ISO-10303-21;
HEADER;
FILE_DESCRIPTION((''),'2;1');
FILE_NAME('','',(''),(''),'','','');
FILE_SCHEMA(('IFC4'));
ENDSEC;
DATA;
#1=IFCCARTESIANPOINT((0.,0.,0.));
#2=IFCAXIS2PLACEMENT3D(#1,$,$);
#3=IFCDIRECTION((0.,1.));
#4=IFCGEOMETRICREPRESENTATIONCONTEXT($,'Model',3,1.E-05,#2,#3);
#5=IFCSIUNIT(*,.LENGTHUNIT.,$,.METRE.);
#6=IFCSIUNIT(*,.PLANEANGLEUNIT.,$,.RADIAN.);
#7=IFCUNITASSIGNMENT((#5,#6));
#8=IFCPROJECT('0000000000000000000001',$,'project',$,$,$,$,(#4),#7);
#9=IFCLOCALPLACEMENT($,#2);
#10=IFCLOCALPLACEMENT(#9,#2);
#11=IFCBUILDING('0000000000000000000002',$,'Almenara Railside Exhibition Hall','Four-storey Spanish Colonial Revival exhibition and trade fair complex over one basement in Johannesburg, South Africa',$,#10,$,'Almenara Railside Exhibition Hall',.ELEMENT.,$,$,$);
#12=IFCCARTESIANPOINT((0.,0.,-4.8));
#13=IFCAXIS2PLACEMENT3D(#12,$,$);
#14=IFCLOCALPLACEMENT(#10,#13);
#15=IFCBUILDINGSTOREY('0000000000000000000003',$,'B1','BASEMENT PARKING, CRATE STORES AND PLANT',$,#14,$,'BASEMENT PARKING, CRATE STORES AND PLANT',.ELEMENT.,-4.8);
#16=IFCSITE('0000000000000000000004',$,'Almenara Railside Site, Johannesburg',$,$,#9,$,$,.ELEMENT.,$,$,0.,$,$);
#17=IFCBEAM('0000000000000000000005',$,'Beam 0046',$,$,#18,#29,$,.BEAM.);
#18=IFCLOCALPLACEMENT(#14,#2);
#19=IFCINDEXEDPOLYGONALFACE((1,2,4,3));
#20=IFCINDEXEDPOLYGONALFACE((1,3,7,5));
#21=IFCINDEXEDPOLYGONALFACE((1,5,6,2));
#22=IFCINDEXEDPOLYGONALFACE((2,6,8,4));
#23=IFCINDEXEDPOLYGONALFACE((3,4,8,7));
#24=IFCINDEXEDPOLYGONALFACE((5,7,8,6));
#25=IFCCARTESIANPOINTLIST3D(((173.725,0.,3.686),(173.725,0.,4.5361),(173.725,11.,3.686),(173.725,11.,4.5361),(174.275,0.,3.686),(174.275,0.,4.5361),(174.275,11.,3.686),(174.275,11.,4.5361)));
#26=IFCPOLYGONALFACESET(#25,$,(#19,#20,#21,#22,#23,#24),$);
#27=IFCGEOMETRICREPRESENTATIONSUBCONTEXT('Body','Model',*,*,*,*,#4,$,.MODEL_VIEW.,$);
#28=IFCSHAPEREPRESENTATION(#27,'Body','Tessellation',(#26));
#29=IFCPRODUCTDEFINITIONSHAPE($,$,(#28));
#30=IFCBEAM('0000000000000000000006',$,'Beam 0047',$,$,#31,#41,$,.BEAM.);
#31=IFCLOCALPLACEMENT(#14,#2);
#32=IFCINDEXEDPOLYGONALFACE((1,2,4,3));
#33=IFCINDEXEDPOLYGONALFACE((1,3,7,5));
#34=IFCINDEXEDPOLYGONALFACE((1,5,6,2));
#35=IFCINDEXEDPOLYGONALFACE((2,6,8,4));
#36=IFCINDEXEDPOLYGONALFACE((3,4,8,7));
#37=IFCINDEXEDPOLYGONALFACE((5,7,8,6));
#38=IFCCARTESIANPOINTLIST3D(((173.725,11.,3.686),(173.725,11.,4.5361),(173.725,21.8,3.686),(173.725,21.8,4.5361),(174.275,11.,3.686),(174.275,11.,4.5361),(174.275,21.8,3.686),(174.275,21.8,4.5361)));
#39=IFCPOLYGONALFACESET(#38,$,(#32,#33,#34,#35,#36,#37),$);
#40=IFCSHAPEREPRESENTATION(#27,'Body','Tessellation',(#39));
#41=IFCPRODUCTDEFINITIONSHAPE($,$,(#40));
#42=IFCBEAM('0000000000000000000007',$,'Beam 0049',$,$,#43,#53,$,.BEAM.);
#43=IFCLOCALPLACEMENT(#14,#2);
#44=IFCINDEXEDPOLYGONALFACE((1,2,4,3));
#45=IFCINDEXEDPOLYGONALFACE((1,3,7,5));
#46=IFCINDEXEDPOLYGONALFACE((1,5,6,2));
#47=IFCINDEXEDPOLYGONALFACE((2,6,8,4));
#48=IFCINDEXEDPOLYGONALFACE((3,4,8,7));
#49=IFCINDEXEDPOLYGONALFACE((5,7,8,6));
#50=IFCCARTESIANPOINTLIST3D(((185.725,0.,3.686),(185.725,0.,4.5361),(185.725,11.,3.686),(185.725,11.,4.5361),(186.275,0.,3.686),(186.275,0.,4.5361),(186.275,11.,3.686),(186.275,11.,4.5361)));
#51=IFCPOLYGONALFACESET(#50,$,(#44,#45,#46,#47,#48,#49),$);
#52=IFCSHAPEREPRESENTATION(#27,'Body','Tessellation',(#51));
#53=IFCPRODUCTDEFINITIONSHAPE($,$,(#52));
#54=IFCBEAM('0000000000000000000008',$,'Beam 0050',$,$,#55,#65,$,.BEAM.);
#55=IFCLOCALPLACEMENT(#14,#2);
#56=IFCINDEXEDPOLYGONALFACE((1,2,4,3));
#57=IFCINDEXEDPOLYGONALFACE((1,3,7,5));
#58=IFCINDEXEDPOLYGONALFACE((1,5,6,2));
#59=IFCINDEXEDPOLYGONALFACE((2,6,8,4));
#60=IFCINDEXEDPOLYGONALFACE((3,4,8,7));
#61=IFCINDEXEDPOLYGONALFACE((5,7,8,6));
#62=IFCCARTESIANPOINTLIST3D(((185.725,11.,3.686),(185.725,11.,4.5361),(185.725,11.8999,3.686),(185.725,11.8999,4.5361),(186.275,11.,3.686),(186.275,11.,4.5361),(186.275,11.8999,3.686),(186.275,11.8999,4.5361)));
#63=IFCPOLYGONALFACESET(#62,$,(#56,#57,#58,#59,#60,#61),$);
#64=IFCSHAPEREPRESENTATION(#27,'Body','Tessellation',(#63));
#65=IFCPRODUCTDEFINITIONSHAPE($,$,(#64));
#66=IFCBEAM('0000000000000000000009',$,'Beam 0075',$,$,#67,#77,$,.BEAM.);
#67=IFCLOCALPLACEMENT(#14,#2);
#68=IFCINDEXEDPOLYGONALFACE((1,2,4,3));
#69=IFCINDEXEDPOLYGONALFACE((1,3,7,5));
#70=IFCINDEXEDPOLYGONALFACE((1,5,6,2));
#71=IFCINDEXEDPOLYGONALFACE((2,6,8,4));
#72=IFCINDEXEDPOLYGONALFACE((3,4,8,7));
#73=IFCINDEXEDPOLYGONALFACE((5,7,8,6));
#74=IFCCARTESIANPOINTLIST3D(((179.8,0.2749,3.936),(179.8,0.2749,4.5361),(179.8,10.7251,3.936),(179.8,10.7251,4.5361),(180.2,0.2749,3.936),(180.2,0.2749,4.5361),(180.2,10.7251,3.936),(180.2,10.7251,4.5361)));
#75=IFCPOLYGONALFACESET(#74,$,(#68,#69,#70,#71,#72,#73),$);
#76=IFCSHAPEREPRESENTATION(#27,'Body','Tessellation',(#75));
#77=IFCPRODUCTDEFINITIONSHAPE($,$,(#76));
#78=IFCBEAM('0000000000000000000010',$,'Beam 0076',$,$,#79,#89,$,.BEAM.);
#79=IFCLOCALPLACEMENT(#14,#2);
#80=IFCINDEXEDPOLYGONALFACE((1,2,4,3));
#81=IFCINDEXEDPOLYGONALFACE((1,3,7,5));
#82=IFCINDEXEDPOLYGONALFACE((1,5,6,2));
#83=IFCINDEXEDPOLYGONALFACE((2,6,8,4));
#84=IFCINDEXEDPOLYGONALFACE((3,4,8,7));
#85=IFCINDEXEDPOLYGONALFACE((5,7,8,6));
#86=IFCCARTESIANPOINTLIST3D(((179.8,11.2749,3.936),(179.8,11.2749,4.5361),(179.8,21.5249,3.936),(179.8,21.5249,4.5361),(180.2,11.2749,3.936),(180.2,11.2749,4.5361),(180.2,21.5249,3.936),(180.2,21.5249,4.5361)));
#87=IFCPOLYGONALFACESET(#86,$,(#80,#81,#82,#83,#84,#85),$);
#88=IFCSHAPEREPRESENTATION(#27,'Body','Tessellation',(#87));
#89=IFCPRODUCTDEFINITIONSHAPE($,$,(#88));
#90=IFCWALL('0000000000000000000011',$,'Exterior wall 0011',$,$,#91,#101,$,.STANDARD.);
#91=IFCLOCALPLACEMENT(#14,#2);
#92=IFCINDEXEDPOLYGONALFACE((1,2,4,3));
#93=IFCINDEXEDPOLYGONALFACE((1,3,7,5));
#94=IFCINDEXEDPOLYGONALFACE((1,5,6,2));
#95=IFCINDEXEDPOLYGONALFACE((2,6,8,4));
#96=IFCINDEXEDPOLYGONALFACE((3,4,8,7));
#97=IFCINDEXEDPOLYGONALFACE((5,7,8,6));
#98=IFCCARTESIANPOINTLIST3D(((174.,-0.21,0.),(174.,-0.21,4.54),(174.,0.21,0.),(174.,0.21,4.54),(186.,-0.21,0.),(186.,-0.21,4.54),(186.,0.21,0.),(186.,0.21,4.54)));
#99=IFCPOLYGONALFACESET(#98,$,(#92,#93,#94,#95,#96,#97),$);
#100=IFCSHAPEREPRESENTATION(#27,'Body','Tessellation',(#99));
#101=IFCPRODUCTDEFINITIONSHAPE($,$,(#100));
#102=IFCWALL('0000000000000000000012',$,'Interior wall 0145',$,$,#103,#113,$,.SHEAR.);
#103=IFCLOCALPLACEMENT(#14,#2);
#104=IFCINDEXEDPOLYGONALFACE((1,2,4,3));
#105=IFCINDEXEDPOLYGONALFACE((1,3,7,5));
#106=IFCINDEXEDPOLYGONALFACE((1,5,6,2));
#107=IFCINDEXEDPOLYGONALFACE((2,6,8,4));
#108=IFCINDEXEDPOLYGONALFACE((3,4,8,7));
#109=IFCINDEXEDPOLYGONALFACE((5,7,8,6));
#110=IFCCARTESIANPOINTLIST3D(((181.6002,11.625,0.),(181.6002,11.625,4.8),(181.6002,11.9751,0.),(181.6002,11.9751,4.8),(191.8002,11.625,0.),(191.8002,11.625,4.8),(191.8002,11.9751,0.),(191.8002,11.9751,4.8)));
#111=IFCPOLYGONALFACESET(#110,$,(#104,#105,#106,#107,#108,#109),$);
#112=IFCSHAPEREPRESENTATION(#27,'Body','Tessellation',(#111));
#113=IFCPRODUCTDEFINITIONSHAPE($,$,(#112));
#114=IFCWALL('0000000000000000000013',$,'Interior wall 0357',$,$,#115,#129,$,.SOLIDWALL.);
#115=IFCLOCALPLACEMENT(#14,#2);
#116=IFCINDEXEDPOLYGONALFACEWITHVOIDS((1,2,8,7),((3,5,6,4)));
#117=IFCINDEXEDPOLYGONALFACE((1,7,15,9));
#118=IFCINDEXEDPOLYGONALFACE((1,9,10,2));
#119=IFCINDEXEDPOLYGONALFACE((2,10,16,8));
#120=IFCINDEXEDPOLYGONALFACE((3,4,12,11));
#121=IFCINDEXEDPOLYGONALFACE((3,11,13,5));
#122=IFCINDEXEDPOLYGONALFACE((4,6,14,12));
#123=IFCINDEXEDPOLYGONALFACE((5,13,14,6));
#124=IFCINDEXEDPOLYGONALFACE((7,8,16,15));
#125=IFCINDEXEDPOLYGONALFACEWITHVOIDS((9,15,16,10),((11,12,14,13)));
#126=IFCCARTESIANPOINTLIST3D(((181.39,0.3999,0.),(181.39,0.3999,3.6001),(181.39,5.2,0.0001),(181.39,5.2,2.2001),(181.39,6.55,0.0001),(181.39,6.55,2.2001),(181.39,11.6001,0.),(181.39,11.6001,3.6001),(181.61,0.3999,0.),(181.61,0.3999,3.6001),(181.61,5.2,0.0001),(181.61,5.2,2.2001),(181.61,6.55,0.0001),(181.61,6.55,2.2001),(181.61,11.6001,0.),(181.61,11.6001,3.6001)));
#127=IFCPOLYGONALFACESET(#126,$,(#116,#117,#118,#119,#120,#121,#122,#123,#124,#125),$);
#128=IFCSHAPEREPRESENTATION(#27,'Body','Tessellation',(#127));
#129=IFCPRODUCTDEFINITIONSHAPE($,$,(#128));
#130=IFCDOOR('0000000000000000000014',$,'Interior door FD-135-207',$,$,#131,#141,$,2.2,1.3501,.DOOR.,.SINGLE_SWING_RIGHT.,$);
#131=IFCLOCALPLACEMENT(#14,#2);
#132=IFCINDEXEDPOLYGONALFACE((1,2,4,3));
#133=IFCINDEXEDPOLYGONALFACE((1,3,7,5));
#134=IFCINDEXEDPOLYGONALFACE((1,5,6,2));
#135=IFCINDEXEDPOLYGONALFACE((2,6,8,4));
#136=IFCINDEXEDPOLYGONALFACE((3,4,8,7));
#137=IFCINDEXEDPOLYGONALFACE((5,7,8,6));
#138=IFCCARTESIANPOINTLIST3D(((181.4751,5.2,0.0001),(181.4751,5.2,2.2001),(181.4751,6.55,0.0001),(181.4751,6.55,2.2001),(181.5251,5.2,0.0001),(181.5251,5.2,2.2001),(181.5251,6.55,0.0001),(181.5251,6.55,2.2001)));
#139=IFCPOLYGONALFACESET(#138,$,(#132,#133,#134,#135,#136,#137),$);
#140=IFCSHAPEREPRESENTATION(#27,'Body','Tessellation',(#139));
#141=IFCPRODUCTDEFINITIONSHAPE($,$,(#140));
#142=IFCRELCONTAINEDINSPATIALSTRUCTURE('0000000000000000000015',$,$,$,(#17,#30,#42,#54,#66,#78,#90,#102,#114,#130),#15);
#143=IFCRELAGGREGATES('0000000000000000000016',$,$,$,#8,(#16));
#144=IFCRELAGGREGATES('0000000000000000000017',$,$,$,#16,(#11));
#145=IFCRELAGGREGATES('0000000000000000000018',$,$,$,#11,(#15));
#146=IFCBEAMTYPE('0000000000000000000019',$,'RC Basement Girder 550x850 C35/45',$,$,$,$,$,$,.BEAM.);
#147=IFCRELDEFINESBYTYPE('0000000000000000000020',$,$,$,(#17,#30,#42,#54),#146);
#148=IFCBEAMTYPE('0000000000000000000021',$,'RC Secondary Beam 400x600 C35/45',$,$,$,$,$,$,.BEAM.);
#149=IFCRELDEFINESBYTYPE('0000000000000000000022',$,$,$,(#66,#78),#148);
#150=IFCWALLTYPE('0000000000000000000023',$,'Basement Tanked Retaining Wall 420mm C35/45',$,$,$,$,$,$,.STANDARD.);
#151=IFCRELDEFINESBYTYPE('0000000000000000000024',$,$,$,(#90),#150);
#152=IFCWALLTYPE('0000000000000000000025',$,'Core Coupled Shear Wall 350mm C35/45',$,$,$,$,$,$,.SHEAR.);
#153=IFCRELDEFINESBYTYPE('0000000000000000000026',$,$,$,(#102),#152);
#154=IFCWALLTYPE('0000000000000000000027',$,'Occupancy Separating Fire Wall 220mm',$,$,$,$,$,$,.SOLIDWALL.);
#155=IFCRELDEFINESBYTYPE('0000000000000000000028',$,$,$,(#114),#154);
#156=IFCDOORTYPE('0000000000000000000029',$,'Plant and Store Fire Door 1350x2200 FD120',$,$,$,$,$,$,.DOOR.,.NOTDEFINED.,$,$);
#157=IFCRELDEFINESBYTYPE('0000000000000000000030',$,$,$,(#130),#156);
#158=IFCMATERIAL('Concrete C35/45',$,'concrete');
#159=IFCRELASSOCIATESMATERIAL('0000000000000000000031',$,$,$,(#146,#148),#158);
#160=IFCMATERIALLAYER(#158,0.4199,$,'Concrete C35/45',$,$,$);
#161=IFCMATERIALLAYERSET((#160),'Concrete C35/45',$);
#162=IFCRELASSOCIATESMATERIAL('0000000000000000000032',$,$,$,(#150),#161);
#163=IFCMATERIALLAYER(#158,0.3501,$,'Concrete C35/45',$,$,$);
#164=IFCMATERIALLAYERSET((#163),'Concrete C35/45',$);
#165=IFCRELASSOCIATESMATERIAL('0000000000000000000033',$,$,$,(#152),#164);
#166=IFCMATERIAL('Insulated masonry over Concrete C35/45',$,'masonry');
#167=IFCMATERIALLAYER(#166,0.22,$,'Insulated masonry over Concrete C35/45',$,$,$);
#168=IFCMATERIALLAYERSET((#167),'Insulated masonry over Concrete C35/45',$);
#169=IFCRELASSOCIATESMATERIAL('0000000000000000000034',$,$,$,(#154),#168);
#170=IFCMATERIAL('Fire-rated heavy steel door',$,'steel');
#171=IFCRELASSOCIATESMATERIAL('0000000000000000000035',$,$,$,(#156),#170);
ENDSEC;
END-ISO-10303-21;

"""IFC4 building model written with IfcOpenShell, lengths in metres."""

from ifc_helpers import new_model, si_unit, direction, frame, frame_2d, origin, origin_2d, place, context, subcontext, project, spatial, rectangle, extrude, material, layer, layer_set, material_profile, profile_set, type_object, element, fill, save


model = new_model("IFC4")

# Units and contexts
model_context = context("Model", 3, precision=1e-05, world=origin(), true_north=direction((0.0, 1.0)))
body_context = subcontext(model_context, "Body", "Model", "MODEL_VIEW")
ifc_project = project(units=[si_unit("LENGTHUNIT", "METRE"), si_unit("PLANEANGLEUNIT", "RADIAN")], contexts=[model_context])

# Site, building, storey
site_placement = place(None, origin())
site = spatial("IfcSite", under=ifc_project, at=site_placement, Name="Almenara Railside Site, Johannesburg", CompositionType="ELEMENT", RefElevation=0.0)
building_placement = place(site_placement, origin())
building = spatial("IfcBuilding", under=site, at=building_placement, Name="Almenara Railside Exhibition Hall", Description="Four-storey Spanish Colonial Revival exhibition and trade fair complex over one basement in Johannesburg, South Africa", LongName="Almenara Railside Exhibition Hall", CompositionType="ELEMENT")
storey_placement = place(building_placement, frame((0.0, 0.0, -4.8)))
storey = spatial("IfcBuildingStorey", under=building, at=storey_placement, Name="B1", Description="BASEMENT PARKING, CRATE STORES AND PLANT", LongName="BASEMENT PARKING, CRATE STORES AND PLANT", CompositionType="ELEMENT", Elevation=-4.8)

# Shared definitions
ifc_material_1 = material(Name="Concrete C35/45", Category="concrete")

# Beams
ifc_material_profile_1 = material_profile(ifc_material_1, rectangle(XDim=0.55, YDim=0.8501, at=origin_2d()), Name="RC 550x850")
ifc_profile_set_1 = profile_set([ifc_material_profile_1], Name="Concrete C35/45")
beam_type_1 = type_object("IfcBeamType", Name="RC Basement Girder 550x850 C35/45", PredefinedType="BEAM", material=ifc_profile_set_1)
beam_1_placement = place(storey_placement, frame((174.0, 0.0, 4.1111), z_axis=(0.0, 1.0, 0.0), x_axis=(-1.0, 0.0, 0.0)))
element("IfcBeam", 1, at=beam_1_placement, inside=storey, type_object=beam_type_1, Name="Beam 0046", PredefinedType="BEAM", context=body_context, shape_type="SweptSolid", body=[
    extrude(rectangle(XDim=0.55, YDim=0.8501, at=origin_2d()), origin(), (0.0, 0.0, 1.0), 11.0),
])
beam_2_placement = place(storey_placement, frame((174.0, 11.0, 4.1111), z_axis=(0.0, 1.0, 0.0), x_axis=(-1.0, 0.0, 0.0)))
element("IfcBeam", 2, at=beam_2_placement, inside=storey, type_object=beam_type_1, Name="Beam 0047", PredefinedType="BEAM", context=body_context, shape_type="SweptSolid", body=[
    extrude(rectangle(XDim=0.55, YDim=0.8501, at=origin_2d()), origin(), (0.0, 0.0, 1.0), 10.8),
])
beam_3_placement = place(storey_placement, frame((186.0, 0.0, 4.1111), z_axis=(0.0, 1.0, 0.0), x_axis=(-1.0, 0.0, 0.0)))
element("IfcBeam", 3, at=beam_3_placement, inside=storey, type_object=beam_type_1, Name="Beam 0049", PredefinedType="BEAM", context=body_context, shape_type="SweptSolid", body=[
    extrude(rectangle(XDim=0.55, YDim=0.8501, at=origin_2d()), origin(), (0.0, 0.0, 1.0), 11.0),
])
beam_4_placement = place(storey_placement, frame((186.0, 11.0, 4.1111), z_axis=(0.0, 1.0, 0.0), x_axis=(-1.0, 0.0, 0.0)))
element("IfcBeam", 4, at=beam_4_placement, inside=storey, type_object=beam_type_1, Name="Beam 0050", PredefinedType="BEAM", context=body_context, shape_type="SweptSolid", body=[
    extrude(rectangle(XDim=0.55, YDim=0.8501, at=origin_2d()), origin(), (0.0, 0.0, 1.0), 0.8999),
])
ifc_material_profile_2 = material_profile(ifc_material_1, rectangle(XDim=0.3999, YDim=0.6001, at=origin_2d()), Name="RC 400x600")
ifc_profile_set_2 = profile_set([ifc_material_profile_2], Name="Concrete C35/45")
beam_type_2 = type_object("IfcBeamType", Name="RC Secondary Beam 400x600 C35/45", PredefinedType="BEAM", material=ifc_profile_set_2)
beam_5_placement = place(storey_placement, frame((180.0, 0.2749, 4.2361), z_axis=(0.0, 1.0, 0.0), x_axis=(-1.0, 0.0, 0.0)))
element("IfcBeam", 5, at=beam_5_placement, inside=storey, type_object=beam_type_2, Name="Beam 0075", PredefinedType="BEAM", context=body_context, shape_type="SweptSolid", body=[
    extrude(rectangle(XDim=0.3999, YDim=0.6001, at=origin_2d()), origin(), (0.0, 0.0, 1.0), 10.4502),
])
beam_6_placement = place(storey_placement, frame((180.0, 11.2749, 4.2361), z_axis=(0.0, 1.0, 0.0), x_axis=(-1.0, 0.0, 0.0)))
element("IfcBeam", 6, at=beam_6_placement, inside=storey, type_object=beam_type_2, Name="Beam 0076", PredefinedType="BEAM", context=body_context, shape_type="SweptSolid", body=[
    extrude(rectangle(XDim=0.3999, YDim=0.6001, at=origin_2d()), origin(), (0.0, 0.0, 1.0), 10.25),
])

# Walls
ifc_layer_1 = layer(ifc_material_1, 0.4199, Name="Concrete C35/45")
ifc_layer_set_1 = layer_set([ifc_layer_1], Name="Concrete C35/45")
wall_type_1 = type_object("IfcWallType", Name="Basement Tanked Retaining Wall 420mm C35/45", PredefinedType="STANDARD", material=ifc_layer_set_1)
wall_1_placement = place(storey_placement, frame((174.0, 0.0, 0.0), z_axis=(0.0, 0.0, 1.0), x_axis=(1.0, 0.0, 0.0)))
element("IfcWall", 7, at=wall_1_placement, inside=storey, type_object=wall_type_1, Name="Exterior wall 0011", PredefinedType="STANDARD", context=body_context, shape_type="SweptSolid", body=[
    extrude(rectangle(XDim=12.0, YDim=0.4199, at=frame_2d((6.0, 0.0))), origin(), (0.0, 0.0, 1.0), 4.54),
])
ifc_layer_2 = layer(ifc_material_1, 0.3501, Name="Concrete C35/45")
ifc_layer_set_2 = layer_set([ifc_layer_2], Name="Concrete C35/45")
wall_type_2 = type_object("IfcWallType", Name="Core Coupled Shear Wall 350mm C35/45", PredefinedType="SHEAR", material=ifc_layer_set_2)
wall_2_placement = place(storey_placement, frame((181.6001, 11.8, 0.0), z_axis=(0.0, 0.0, 1.0), x_axis=(1.0, 0.0, 0.0)))
element("IfcWall", 8, at=wall_2_placement, inside=storey, type_object=wall_type_2, Name="Interior wall 0145", PredefinedType="SHEAR", context=body_context, shape_type="SweptSolid", body=[
    extrude(rectangle(XDim=10.2, YDim=0.3501, at=frame_2d((5.1001, 0.0))), origin(), (0.0, 0.0, 1.0), 4.8),
])

# Wall, opening, door
ifc_material_2 = material(Name="Insulated masonry over Concrete C35/45", Category="masonry")
ifc_layer_3 = layer(ifc_material_2, 0.22, Name="Insulated masonry over Concrete C35/45")
ifc_layer_set_3 = layer_set([ifc_layer_3], Name="Insulated masonry over Concrete C35/45")
wall_type_3 = type_object("IfcWallType", Name="Occupancy Separating Fire Wall 220mm", PredefinedType="SOLIDWALL", material=ifc_layer_set_3)
wall_3_placement = place(storey_placement, frame((181.5, 0.3999, 0.0), z_axis=(0.0, 0.0, 1.0), x_axis=(0.0, 1.0, 0.0)))
wall_3 = element("IfcWall", 9, at=wall_3_placement, inside=storey, type_object=wall_type_3, Name="Interior wall 0357", PredefinedType="SOLIDWALL", context=body_context, shape_type="SweptSolid", body=[
    extrude(rectangle(XDim=11.2002, YDim=0.22, at=frame_2d((5.6001, 0.0))), origin(), (0.0, 0.0, 1.0), 3.6001),
])
opening_placement = place(wall_3_placement, frame((4.8, 0.0, 0.0)))
opening = element("IfcOpeningElement", 10, at=opening_placement, cuts=wall_3, PredefinedType="OPENING", context=body_context, shape_type="SweptSolid", body=[
    extrude(rectangle(XDim=1.3501, YDim=2.2, at=frame_2d((0.675, 1.1001))), frame((0.0, 0.1199, 0.0), z_axis=(0.0, -1.0, 0.0), x_axis=(1.0, 0.0, 0.0)), (0.0, 0.0, 1.0), 0.24),
])
ifc_material_3 = material(Name="Fire-rated heavy steel door", Category="steel")
door_type = type_object("IfcDoorType", Name="Plant and Store Fire Door 1350x2200 FD120", OperationType="NOTDEFINED", PredefinedType="DOOR", material=ifc_material_3)
door_placement = place(opening_placement, origin())
door = element("IfcDoor", 11, at=door_placement, inside=storey, type_object=door_type, Name="Interior door FD-135-207", OperationType="SINGLE_SWING_RIGHT", OverallHeight=2.2, OverallWidth=1.3501, PredefinedType="DOOR", context=body_context, shape_type="SweptSolid", body=[
    extrude(rectangle(XDim=1.3501, YDim=2.2, at=frame_2d((0.675, 1.1001))), frame((0.0, 0.0249, 0.0), z_axis=(0.0, -1.0, 0.0), x_axis=(1.0, 0.0, 0.0)), (0.0, 0.0, 1.0), 0.05),
])
fill(opening, door)

save(model, "model.ifc")
